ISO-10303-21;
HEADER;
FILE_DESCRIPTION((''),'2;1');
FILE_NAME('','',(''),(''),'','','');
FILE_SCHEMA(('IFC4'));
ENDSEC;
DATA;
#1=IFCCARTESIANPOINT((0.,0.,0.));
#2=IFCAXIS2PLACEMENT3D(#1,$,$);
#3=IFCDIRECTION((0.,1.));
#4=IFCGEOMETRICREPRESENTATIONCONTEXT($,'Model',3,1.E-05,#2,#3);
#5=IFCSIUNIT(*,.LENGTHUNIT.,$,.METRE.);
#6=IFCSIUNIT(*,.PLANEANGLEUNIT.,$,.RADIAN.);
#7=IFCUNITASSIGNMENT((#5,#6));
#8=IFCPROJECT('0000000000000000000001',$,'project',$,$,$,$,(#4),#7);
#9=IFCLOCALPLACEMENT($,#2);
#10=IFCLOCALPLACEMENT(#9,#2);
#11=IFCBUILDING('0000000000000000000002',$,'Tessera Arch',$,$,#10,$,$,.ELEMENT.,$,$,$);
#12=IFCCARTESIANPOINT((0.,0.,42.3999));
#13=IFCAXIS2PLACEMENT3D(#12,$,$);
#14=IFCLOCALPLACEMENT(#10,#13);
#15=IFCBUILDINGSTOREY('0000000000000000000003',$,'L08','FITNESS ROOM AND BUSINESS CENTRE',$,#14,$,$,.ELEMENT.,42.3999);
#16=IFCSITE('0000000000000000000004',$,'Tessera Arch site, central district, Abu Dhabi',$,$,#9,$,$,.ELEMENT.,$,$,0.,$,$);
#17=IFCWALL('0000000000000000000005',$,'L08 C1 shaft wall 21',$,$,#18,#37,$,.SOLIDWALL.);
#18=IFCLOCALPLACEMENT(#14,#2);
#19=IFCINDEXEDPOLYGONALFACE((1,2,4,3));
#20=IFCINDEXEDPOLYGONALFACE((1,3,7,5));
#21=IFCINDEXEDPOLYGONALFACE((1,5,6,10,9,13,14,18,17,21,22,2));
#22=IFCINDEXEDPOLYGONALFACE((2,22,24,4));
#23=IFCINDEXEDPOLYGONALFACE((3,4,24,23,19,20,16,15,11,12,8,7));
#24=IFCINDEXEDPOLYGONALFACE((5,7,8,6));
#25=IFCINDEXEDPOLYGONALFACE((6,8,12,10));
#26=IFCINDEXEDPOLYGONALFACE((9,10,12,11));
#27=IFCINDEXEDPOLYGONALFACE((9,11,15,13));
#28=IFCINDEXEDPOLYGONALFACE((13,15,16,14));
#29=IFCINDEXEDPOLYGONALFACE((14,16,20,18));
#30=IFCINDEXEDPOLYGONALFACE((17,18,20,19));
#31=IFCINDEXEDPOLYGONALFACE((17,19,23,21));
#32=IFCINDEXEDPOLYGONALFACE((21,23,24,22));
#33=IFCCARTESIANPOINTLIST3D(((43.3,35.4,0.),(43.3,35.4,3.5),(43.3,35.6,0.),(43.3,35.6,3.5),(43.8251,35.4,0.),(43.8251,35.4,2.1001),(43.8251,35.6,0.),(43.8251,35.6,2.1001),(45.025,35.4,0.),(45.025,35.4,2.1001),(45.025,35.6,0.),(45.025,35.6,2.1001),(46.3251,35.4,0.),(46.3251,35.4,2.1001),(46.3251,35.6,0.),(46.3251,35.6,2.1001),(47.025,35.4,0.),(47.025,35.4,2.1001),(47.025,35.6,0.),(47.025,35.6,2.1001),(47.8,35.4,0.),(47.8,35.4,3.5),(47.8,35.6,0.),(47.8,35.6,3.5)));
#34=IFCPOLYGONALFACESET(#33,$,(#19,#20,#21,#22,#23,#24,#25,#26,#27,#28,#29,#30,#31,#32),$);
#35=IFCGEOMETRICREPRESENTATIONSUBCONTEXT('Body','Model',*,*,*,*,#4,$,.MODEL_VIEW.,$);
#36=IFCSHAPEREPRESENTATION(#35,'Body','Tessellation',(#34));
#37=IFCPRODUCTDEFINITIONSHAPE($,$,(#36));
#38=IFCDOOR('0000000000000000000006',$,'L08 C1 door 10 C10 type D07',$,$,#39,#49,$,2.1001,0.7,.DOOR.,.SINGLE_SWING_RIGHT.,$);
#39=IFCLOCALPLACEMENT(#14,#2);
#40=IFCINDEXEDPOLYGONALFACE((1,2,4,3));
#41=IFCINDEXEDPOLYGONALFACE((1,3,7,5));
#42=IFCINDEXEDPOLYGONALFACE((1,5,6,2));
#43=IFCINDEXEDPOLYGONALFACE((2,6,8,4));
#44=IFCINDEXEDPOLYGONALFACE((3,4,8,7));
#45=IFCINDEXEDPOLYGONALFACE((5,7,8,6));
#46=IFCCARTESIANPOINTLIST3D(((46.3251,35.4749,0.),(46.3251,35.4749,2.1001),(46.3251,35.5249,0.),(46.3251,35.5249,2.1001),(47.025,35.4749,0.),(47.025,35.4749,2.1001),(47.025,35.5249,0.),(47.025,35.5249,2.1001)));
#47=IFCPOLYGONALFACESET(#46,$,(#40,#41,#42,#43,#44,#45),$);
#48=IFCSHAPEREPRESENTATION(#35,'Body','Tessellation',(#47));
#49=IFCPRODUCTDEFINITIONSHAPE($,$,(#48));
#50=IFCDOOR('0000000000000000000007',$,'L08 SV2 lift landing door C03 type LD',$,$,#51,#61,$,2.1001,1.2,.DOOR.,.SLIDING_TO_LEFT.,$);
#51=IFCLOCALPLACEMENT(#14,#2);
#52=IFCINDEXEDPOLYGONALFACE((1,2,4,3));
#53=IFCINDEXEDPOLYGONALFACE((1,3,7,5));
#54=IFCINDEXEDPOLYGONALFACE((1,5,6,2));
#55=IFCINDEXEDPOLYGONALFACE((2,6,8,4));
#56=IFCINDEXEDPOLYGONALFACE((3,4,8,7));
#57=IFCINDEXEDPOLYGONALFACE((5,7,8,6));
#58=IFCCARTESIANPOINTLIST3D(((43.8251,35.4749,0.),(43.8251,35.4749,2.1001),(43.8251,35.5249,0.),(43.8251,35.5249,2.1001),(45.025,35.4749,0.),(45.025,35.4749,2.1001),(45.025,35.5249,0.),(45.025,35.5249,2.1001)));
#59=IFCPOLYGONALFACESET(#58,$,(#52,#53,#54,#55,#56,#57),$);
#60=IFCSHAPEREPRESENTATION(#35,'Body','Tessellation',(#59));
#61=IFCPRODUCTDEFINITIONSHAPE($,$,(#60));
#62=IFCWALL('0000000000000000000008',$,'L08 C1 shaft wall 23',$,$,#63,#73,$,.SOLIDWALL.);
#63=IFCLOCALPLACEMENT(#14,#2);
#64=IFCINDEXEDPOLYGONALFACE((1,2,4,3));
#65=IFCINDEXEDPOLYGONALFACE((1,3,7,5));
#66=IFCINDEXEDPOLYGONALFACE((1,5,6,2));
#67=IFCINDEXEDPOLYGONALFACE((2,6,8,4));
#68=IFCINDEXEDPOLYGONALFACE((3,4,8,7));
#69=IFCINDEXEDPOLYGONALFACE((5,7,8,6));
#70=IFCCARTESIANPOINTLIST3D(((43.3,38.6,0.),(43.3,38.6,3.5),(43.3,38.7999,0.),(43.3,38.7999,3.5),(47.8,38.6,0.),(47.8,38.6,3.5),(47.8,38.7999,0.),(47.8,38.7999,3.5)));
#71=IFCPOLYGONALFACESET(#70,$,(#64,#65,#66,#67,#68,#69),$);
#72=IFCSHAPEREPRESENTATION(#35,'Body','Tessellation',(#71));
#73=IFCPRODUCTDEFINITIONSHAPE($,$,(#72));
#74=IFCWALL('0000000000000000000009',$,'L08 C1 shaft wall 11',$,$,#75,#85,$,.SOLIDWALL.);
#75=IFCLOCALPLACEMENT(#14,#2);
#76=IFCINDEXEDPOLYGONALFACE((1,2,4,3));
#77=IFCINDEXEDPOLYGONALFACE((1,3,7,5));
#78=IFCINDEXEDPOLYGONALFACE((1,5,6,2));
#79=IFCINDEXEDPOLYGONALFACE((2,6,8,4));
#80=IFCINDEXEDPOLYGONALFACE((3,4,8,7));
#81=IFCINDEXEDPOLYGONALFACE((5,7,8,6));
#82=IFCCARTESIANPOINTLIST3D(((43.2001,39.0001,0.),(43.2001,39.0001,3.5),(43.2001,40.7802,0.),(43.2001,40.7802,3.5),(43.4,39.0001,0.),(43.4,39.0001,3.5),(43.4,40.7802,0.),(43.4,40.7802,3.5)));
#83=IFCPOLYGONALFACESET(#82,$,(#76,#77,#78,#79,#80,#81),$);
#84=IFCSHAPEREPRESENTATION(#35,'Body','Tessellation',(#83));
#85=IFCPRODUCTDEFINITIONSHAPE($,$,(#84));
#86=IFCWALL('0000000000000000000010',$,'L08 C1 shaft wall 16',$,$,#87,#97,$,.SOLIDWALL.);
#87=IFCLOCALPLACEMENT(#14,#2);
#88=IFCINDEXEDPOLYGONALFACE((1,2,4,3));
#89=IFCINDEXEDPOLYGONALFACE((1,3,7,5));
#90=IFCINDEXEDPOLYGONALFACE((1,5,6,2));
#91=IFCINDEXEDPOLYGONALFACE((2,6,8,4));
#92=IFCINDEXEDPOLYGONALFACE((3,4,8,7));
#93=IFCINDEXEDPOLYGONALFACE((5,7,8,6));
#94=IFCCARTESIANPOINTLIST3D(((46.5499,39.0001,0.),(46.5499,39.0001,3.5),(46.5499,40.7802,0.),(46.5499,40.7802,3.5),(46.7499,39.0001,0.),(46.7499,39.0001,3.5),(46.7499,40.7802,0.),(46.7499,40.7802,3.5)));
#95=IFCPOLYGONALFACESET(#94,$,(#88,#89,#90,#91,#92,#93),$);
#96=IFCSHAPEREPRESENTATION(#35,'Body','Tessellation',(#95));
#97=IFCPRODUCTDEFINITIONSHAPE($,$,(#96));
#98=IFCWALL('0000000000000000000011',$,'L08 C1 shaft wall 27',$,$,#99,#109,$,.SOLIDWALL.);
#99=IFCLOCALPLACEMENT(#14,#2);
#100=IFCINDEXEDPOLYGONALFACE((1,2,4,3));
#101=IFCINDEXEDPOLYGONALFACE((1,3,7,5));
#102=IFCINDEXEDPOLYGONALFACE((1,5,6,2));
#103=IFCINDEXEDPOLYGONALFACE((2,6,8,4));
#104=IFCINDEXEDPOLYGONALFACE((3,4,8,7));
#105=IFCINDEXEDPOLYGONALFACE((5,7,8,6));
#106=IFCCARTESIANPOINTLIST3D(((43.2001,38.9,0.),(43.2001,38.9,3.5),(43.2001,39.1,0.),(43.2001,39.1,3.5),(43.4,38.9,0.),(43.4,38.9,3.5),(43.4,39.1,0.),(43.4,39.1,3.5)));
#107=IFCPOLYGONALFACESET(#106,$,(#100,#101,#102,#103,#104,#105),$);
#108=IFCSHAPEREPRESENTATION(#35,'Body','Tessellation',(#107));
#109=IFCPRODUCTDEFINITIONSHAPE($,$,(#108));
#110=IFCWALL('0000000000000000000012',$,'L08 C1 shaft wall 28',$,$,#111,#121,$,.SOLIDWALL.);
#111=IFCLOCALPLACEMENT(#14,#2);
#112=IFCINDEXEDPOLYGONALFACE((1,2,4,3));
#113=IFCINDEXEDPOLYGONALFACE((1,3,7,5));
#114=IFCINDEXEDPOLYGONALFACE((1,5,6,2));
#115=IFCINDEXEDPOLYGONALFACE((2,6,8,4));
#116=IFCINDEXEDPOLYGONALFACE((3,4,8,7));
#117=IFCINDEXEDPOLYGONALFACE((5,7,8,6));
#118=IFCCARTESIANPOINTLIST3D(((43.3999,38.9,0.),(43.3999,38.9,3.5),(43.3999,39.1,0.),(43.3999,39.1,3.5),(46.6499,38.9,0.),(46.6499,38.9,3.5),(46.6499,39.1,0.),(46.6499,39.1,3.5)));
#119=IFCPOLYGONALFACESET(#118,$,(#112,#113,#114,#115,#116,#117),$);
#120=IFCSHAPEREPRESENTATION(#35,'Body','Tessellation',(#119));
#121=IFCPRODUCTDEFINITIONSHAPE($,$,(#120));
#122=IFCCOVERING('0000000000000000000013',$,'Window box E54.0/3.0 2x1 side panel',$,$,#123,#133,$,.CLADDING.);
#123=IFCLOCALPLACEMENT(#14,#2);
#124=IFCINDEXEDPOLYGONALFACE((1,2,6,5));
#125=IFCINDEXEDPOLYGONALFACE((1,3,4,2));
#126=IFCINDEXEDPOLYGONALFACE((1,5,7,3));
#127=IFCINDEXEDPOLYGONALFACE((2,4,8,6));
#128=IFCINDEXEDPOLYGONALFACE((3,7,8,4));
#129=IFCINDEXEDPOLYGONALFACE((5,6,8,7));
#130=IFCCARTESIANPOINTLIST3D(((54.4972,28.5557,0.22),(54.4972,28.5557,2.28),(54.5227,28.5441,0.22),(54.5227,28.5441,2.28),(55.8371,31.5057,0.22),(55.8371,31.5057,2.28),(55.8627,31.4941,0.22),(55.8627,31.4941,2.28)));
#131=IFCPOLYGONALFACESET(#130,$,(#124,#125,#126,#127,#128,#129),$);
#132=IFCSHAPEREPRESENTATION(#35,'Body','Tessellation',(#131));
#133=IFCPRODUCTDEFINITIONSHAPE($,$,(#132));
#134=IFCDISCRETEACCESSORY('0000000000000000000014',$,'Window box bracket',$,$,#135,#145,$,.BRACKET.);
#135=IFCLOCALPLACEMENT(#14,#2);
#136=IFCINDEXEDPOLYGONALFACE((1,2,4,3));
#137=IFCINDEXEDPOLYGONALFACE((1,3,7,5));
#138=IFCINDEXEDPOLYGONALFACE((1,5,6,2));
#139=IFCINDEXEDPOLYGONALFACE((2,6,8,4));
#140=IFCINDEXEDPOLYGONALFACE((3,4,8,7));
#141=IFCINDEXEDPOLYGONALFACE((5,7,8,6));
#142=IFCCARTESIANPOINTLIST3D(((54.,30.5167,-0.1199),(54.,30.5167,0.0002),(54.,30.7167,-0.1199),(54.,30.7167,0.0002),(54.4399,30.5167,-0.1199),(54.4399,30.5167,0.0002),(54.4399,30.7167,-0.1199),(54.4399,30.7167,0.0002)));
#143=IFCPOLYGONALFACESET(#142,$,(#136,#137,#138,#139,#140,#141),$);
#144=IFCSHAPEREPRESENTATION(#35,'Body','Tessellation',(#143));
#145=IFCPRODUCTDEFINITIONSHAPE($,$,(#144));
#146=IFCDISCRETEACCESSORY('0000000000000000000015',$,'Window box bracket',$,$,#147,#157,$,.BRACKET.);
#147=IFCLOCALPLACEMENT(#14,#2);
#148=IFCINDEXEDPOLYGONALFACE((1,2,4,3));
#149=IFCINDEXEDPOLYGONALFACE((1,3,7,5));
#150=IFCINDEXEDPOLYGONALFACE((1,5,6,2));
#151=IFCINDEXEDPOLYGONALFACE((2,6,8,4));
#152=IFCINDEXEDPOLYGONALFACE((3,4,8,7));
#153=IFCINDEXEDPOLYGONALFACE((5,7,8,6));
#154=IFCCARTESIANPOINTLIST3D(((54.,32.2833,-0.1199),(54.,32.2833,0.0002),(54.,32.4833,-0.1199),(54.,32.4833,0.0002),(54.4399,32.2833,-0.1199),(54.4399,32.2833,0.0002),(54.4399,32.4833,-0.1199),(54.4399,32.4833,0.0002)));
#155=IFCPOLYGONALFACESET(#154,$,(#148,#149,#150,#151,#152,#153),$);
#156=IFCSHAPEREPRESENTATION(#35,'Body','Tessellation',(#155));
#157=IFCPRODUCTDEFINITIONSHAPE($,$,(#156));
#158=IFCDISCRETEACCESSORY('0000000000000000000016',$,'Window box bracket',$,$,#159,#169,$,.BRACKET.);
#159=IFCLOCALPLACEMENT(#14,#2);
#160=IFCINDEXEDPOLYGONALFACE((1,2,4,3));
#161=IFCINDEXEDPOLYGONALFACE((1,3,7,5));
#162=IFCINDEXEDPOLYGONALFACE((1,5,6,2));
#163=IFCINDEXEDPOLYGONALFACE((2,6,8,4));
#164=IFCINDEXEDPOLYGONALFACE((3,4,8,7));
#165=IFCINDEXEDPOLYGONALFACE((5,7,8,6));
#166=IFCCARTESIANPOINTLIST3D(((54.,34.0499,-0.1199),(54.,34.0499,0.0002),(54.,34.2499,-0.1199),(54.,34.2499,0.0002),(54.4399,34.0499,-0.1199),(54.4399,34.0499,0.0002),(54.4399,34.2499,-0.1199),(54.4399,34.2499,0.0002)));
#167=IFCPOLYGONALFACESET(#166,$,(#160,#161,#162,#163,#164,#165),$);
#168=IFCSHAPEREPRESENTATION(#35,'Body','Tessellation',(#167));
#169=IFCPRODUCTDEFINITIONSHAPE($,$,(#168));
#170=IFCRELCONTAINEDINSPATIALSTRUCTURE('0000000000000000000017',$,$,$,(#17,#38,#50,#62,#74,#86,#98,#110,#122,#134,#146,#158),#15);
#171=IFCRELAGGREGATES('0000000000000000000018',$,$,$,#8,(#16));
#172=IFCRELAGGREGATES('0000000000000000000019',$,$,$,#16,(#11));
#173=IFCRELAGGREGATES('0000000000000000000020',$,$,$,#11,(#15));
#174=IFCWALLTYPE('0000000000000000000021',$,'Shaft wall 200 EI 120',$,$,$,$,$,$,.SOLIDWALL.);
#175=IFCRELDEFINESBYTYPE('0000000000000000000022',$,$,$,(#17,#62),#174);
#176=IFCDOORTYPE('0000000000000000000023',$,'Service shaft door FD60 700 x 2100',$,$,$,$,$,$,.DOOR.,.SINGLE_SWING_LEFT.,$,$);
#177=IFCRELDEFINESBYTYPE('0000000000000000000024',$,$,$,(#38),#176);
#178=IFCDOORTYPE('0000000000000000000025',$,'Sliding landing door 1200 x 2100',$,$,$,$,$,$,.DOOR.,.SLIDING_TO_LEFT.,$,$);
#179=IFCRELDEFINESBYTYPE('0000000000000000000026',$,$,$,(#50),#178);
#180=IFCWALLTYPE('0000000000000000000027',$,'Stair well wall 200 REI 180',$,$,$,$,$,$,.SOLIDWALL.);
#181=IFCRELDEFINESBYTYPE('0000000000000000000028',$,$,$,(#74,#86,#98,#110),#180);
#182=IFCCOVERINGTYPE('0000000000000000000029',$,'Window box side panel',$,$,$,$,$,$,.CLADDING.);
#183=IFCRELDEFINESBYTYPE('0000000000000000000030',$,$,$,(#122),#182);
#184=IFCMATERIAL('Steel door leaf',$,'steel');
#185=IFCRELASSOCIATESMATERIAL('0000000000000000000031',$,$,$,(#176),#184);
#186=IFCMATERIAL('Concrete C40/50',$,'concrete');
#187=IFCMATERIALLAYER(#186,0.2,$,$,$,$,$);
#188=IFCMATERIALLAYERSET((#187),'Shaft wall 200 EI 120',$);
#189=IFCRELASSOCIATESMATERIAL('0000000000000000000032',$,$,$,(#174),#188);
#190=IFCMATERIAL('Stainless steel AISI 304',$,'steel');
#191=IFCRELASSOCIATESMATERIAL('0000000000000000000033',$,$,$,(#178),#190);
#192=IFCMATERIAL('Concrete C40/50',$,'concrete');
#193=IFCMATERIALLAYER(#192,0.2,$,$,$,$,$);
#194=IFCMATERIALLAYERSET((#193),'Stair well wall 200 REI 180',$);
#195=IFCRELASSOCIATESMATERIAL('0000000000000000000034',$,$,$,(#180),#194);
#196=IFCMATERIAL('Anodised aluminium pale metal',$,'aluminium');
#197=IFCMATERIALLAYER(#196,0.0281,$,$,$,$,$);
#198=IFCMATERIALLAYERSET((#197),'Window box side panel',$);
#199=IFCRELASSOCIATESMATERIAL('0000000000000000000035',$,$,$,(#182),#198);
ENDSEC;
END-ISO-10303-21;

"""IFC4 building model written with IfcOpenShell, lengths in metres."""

from ifc_helpers import new_model, si_unit, direction, frame, frame_2d, origin, origin_2d, place, context, subcontext, project, spatial, rectangle, extrude, material, layer, layer_set, type_object, element, fill, save


model = new_model("IFC4")

# Units and contexts
model_context = context("Model", 3, precision=1e-05, world=origin(), true_north=direction((0.0, 1.0)))
body_context = subcontext(model_context, "Body", "Model", "MODEL_VIEW")
ifc_project = project(units=[si_unit("LENGTHUNIT", "METRE"), si_unit("PLANEANGLEUNIT", "RADIAN")], contexts=[model_context])

# Site, building, storey
site_placement = place(None, origin())
site = spatial("IfcSite", under=ifc_project, at=site_placement, Name="Tessera Arch site, central district, Abu Dhabi", CompositionType="ELEMENT", RefElevation=0.0)
building_placement = place(site_placement, origin())
building = spatial("IfcBuilding", under=site, at=building_placement, Name="Tessera Arch", CompositionType="ELEMENT")
storey_placement = place(building_placement, frame((0.0, 0.0, 42.3999)))
storey = spatial("IfcBuildingStorey", under=building, at=storey_placement, Name="L08", Description="FITNESS ROOM AND BUSINESS CENTRE", CompositionType="ELEMENT", Elevation=42.3999)

# Shared definitions
ifc_material_1 = material(Name="Steel door leaf", Category="steel")
door_type_1 = type_object("IfcDoorType", Name="Service shaft door FD60 700 x 2100", OperationType="SINGLE_SWING_LEFT", PredefinedType="DOOR", material=ifc_material_1)

# Shared definitions
ifc_material_2 = material(Name="Concrete C40/50", Category="concrete")
ifc_layer_1 = layer(ifc_material_2, 0.2)
ifc_layer_set_1 = layer_set([ifc_layer_1], Name="Shaft wall 200 EI 120")
wall_type_1 = type_object("IfcWallType", Name="Shaft wall 200 EI 120", PredefinedType="SOLIDWALL", material=ifc_layer_set_1)

# Wall, openings, doors
wall_1_placement = place(storey_placement, frame((43.3, 35.5, 0.0), z_axis=(0.0, 0.0, 1.0), x_axis=(1.0, 0.0, 0.0)))
wall_1 = element("IfcWall", 1, at=wall_1_placement, inside=storey, type_object=wall_type_1, Name="L08 C1 shaft wall 21", PredefinedType="SOLIDWALL", context=body_context, shape_type="SweptSolid", body=[
    extrude(rectangle(XDim=4.5, YDim=0.2, at=frame_2d((2.25, 0.0))), origin(), (0.0, 0.0, 1.0), 3.5),
])
opening_1_placement = place(wall_1_placement, frame((0.5249, 0.0, 0.0)))
opening_1 = element("IfcOpeningElement", 2, at=opening_1_placement, cuts=wall_1, PredefinedType="OPENING", context=body_context, shape_type="SweptSolid", body=[
    extrude(rectangle(XDim=1.2, YDim=2.1001, at=frame_2d((0.6001, 1.05))), frame((0.0, 0.1099, 0.0), z_axis=(0.0, -1.0, 0.0), x_axis=(1.0, 0.0, 0.0)), (0.0, 0.0, 1.0), 0.22),
])
opening_2_placement = place(wall_1_placement, frame((3.0249, 0.0, 0.0)))
opening_2 = element("IfcOpeningElement", 3, at=opening_2_placement, cuts=wall_1, PredefinedType="OPENING", context=body_context, shape_type="SweptSolid", body=[
    extrude(rectangle(XDim=0.7, YDim=2.1001, at=frame_2d((0.3501, 1.05))), frame((0.0, 0.1099, 0.0), z_axis=(0.0, -1.0, 0.0), x_axis=(1.0, 0.0, 0.0)), (0.0, 0.0, 1.0), 0.22),
])
door_1_placement = place(opening_2_placement, origin())
door_1 = element("IfcDoor", 4, at=door_1_placement, inside=storey, type_object=door_type_1, Name="L08 C1 door 10 C10 type D07", OperationType="SINGLE_SWING_RIGHT", OverallHeight=2.1001, OverallWidth=0.7, PredefinedType="DOOR", context=body_context, shape_type="SweptSolid", body=[
    extrude(rectangle(XDim=0.7, YDim=2.1001, at=frame_2d((0.3501, 1.05))), frame((0.0, 0.0249, 0.0), z_axis=(0.0, -1.0, 0.0), x_axis=(1.0, 0.0, 0.0)), (0.0, 0.0, 1.0), 0.05),
])
fill(opening_2, door_1)
ifc_material_3 = material(Name="Stainless steel AISI 304", Category="steel")
door_type_2 = type_object("IfcDoorType", Name="Sliding landing door 1200 x 2100", OperationType="SLIDING_TO_LEFT", PredefinedType="DOOR", material=ifc_material_3)
door_2_placement = place(opening_1_placement, origin())
door_2 = element("IfcDoor", 5, at=door_2_placement, inside=storey, type_object=door_type_2, Name="L08 SV2 lift landing door C03 type LD", OperationType="SLIDING_TO_LEFT", OverallHeight=2.1001, OverallWidth=1.2, PredefinedType="DOOR", context=body_context, shape_type="SweptSolid", body=[
    extrude(rectangle(XDim=1.2, YDim=2.1001, at=frame_2d((0.6001, 1.05))), frame((0.0, 0.0249, 0.0), z_axis=(0.0, -1.0, 0.0), x_axis=(1.0, 0.0, 0.0)), (0.0, 0.0, 1.0), 0.05),
])
fill(opening_1, door_2)

# Walls
wall_2_placement = place(storey_placement, frame((43.3, 38.7, 0.0), z_axis=(0.0, 0.0, 1.0), x_axis=(1.0, 0.0, 0.0)))
element("IfcWall", 6, at=wall_2_placement, inside=storey, type_object=wall_type_1, Name="L08 C1 shaft wall 23", PredefinedType="SOLIDWALL", context=body_context, shape_type="SweptSolid", body=[
    extrude(rectangle(XDim=4.5, YDim=0.2, at=frame_2d((2.25, 0.0))), origin(), (0.0, 0.0, 1.0), 3.5),
])
ifc_material_4 = material(Name="Concrete C40/50", Category="concrete")
ifc_layer_2 = layer(ifc_material_4, 0.2)
ifc_layer_set_2 = layer_set([ifc_layer_2], Name="Stair well wall 200 REI 180")
wall_type_2 = type_object("IfcWallType", Name="Stair well wall 200 REI 180", PredefinedType="SOLIDWALL", material=ifc_layer_set_2)
for number, where, z_axis, x_axis, name in (
    (7, (43.3, 39.0, 0.0), (0.0, 0.0, 1.0), (0.0, 1.0, 0.0), "L08 C1 shaft wall 11"),
    (8, (46.6499, 39.0, 0.0), (0.0, 0.0, 1.0), (0.0, 1.0, 0.0), "L08 C1 shaft wall 16"),
):
    element("IfcWall", number, at=place(storey_placement, frame(where, z_axis=z_axis, x_axis=x_axis)), inside=storey, type_object=wall_type_2, Name=name, PredefinedType="SOLIDWALL", context=body_context, shape_type="SweptSolid", body=[
        extrude(rectangle(XDim=1.78, YDim=0.2, at=frame_2d((0.8901, 0.0))), origin(), (0.0, 0.0, 1.0), 3.5),
    ])
wall_3_placement = place(storey_placement, frame((43.2, 39.0, 0.0), z_axis=(0.0, 0.0, 1.0), x_axis=(1.0, 0.0, 0.0)))
element("IfcWall", 9, at=wall_3_placement, inside=storey, type_object=wall_type_2, Name="L08 C1 shaft wall 27", PredefinedType="SOLIDWALL", context=body_context, shape_type="SweptSolid", body=[
    extrude(rectangle(XDim=0.2, YDim=0.2, at=frame_2d((0.1001, 0.0))), origin(), (0.0, 0.0, 1.0), 3.5),
])
wall_4_placement = place(storey_placement, frame((43.3999, 39.0, 0.0), z_axis=(0.0, 0.0, 1.0), x_axis=(1.0, 0.0, 0.0)))
element("IfcWall", 10, at=wall_4_placement, inside=storey, type_object=wall_type_2, Name="L08 C1 shaft wall 28", PredefinedType="SOLIDWALL", context=body_context, shape_type="SweptSolid", body=[
    extrude(rectangle(XDim=3.25, YDim=0.2, at=frame_2d((1.625, 0.0))), origin(), (0.0, 0.0, 1.0), 3.5),
])

# Covering
ifc_material_5 = material(Name="Anodised aluminium pale metal", Category="aluminium")
ifc_layer_3 = layer(ifc_material_5, 0.0281)
ifc_layer_set_3 = layer_set([ifc_layer_3], Name="Window box side panel")
covering_type = type_object("IfcCoveringType", Name="Window box side panel", PredefinedType="CLADDING", material=ifc_layer_set_3)
covering_placement = place(storey_placement, frame((55.1799, 30.0249, 0.22), z_axis=(0.0, 0.0, 1.0), x_axis=(0.41357, 0.910472, 0.0)))
element("IfcCovering", 11, at=covering_placement, inside=storey, type_object=covering_type, Name="Window box E54.0/3.0 2x1 side panel", PredefinedType="CLADDING", context=body_context, shape_type="SweptSolid", body=[
    extrude(rectangle(XDim=3.24, YDim=0.0281, at=origin_2d()), origin(), (0.0, 0.0, 1.0), 2.0601),
])

# Discrete accessories
for number, where, z_axis, x_axis, name in (
    (12, (54.22, 30.6167, -0.1199), (0.0, 0.0, 1.0), (1.0, 0.0, 0.0), "Window box bracket"),
    (13, (54.22, 32.3833, -0.1199), (0.0, 0.0, 1.0), (1.0, 0.0, 0.0), "Window box bracket"),
    (14, (54.22, 34.1499, -0.1199), (0.0, 0.0, 1.0), (1.0, 0.0, 0.0), "Window box bracket"),
):
    element("IfcDiscreteAccessory", number, at=place(storey_placement, frame(where, z_axis=z_axis, x_axis=x_axis)), inside=storey, Name=name, PredefinedType="BRACKET", context=body_context, shape_type="SweptSolid", body=[
        extrude(rectangle(XDim=0.4399, YDim=0.2, at=origin_2d()), origin(), (0.0, 0.0, 1.0), 0.1201),
    ])

save(model, "model.ifc")
